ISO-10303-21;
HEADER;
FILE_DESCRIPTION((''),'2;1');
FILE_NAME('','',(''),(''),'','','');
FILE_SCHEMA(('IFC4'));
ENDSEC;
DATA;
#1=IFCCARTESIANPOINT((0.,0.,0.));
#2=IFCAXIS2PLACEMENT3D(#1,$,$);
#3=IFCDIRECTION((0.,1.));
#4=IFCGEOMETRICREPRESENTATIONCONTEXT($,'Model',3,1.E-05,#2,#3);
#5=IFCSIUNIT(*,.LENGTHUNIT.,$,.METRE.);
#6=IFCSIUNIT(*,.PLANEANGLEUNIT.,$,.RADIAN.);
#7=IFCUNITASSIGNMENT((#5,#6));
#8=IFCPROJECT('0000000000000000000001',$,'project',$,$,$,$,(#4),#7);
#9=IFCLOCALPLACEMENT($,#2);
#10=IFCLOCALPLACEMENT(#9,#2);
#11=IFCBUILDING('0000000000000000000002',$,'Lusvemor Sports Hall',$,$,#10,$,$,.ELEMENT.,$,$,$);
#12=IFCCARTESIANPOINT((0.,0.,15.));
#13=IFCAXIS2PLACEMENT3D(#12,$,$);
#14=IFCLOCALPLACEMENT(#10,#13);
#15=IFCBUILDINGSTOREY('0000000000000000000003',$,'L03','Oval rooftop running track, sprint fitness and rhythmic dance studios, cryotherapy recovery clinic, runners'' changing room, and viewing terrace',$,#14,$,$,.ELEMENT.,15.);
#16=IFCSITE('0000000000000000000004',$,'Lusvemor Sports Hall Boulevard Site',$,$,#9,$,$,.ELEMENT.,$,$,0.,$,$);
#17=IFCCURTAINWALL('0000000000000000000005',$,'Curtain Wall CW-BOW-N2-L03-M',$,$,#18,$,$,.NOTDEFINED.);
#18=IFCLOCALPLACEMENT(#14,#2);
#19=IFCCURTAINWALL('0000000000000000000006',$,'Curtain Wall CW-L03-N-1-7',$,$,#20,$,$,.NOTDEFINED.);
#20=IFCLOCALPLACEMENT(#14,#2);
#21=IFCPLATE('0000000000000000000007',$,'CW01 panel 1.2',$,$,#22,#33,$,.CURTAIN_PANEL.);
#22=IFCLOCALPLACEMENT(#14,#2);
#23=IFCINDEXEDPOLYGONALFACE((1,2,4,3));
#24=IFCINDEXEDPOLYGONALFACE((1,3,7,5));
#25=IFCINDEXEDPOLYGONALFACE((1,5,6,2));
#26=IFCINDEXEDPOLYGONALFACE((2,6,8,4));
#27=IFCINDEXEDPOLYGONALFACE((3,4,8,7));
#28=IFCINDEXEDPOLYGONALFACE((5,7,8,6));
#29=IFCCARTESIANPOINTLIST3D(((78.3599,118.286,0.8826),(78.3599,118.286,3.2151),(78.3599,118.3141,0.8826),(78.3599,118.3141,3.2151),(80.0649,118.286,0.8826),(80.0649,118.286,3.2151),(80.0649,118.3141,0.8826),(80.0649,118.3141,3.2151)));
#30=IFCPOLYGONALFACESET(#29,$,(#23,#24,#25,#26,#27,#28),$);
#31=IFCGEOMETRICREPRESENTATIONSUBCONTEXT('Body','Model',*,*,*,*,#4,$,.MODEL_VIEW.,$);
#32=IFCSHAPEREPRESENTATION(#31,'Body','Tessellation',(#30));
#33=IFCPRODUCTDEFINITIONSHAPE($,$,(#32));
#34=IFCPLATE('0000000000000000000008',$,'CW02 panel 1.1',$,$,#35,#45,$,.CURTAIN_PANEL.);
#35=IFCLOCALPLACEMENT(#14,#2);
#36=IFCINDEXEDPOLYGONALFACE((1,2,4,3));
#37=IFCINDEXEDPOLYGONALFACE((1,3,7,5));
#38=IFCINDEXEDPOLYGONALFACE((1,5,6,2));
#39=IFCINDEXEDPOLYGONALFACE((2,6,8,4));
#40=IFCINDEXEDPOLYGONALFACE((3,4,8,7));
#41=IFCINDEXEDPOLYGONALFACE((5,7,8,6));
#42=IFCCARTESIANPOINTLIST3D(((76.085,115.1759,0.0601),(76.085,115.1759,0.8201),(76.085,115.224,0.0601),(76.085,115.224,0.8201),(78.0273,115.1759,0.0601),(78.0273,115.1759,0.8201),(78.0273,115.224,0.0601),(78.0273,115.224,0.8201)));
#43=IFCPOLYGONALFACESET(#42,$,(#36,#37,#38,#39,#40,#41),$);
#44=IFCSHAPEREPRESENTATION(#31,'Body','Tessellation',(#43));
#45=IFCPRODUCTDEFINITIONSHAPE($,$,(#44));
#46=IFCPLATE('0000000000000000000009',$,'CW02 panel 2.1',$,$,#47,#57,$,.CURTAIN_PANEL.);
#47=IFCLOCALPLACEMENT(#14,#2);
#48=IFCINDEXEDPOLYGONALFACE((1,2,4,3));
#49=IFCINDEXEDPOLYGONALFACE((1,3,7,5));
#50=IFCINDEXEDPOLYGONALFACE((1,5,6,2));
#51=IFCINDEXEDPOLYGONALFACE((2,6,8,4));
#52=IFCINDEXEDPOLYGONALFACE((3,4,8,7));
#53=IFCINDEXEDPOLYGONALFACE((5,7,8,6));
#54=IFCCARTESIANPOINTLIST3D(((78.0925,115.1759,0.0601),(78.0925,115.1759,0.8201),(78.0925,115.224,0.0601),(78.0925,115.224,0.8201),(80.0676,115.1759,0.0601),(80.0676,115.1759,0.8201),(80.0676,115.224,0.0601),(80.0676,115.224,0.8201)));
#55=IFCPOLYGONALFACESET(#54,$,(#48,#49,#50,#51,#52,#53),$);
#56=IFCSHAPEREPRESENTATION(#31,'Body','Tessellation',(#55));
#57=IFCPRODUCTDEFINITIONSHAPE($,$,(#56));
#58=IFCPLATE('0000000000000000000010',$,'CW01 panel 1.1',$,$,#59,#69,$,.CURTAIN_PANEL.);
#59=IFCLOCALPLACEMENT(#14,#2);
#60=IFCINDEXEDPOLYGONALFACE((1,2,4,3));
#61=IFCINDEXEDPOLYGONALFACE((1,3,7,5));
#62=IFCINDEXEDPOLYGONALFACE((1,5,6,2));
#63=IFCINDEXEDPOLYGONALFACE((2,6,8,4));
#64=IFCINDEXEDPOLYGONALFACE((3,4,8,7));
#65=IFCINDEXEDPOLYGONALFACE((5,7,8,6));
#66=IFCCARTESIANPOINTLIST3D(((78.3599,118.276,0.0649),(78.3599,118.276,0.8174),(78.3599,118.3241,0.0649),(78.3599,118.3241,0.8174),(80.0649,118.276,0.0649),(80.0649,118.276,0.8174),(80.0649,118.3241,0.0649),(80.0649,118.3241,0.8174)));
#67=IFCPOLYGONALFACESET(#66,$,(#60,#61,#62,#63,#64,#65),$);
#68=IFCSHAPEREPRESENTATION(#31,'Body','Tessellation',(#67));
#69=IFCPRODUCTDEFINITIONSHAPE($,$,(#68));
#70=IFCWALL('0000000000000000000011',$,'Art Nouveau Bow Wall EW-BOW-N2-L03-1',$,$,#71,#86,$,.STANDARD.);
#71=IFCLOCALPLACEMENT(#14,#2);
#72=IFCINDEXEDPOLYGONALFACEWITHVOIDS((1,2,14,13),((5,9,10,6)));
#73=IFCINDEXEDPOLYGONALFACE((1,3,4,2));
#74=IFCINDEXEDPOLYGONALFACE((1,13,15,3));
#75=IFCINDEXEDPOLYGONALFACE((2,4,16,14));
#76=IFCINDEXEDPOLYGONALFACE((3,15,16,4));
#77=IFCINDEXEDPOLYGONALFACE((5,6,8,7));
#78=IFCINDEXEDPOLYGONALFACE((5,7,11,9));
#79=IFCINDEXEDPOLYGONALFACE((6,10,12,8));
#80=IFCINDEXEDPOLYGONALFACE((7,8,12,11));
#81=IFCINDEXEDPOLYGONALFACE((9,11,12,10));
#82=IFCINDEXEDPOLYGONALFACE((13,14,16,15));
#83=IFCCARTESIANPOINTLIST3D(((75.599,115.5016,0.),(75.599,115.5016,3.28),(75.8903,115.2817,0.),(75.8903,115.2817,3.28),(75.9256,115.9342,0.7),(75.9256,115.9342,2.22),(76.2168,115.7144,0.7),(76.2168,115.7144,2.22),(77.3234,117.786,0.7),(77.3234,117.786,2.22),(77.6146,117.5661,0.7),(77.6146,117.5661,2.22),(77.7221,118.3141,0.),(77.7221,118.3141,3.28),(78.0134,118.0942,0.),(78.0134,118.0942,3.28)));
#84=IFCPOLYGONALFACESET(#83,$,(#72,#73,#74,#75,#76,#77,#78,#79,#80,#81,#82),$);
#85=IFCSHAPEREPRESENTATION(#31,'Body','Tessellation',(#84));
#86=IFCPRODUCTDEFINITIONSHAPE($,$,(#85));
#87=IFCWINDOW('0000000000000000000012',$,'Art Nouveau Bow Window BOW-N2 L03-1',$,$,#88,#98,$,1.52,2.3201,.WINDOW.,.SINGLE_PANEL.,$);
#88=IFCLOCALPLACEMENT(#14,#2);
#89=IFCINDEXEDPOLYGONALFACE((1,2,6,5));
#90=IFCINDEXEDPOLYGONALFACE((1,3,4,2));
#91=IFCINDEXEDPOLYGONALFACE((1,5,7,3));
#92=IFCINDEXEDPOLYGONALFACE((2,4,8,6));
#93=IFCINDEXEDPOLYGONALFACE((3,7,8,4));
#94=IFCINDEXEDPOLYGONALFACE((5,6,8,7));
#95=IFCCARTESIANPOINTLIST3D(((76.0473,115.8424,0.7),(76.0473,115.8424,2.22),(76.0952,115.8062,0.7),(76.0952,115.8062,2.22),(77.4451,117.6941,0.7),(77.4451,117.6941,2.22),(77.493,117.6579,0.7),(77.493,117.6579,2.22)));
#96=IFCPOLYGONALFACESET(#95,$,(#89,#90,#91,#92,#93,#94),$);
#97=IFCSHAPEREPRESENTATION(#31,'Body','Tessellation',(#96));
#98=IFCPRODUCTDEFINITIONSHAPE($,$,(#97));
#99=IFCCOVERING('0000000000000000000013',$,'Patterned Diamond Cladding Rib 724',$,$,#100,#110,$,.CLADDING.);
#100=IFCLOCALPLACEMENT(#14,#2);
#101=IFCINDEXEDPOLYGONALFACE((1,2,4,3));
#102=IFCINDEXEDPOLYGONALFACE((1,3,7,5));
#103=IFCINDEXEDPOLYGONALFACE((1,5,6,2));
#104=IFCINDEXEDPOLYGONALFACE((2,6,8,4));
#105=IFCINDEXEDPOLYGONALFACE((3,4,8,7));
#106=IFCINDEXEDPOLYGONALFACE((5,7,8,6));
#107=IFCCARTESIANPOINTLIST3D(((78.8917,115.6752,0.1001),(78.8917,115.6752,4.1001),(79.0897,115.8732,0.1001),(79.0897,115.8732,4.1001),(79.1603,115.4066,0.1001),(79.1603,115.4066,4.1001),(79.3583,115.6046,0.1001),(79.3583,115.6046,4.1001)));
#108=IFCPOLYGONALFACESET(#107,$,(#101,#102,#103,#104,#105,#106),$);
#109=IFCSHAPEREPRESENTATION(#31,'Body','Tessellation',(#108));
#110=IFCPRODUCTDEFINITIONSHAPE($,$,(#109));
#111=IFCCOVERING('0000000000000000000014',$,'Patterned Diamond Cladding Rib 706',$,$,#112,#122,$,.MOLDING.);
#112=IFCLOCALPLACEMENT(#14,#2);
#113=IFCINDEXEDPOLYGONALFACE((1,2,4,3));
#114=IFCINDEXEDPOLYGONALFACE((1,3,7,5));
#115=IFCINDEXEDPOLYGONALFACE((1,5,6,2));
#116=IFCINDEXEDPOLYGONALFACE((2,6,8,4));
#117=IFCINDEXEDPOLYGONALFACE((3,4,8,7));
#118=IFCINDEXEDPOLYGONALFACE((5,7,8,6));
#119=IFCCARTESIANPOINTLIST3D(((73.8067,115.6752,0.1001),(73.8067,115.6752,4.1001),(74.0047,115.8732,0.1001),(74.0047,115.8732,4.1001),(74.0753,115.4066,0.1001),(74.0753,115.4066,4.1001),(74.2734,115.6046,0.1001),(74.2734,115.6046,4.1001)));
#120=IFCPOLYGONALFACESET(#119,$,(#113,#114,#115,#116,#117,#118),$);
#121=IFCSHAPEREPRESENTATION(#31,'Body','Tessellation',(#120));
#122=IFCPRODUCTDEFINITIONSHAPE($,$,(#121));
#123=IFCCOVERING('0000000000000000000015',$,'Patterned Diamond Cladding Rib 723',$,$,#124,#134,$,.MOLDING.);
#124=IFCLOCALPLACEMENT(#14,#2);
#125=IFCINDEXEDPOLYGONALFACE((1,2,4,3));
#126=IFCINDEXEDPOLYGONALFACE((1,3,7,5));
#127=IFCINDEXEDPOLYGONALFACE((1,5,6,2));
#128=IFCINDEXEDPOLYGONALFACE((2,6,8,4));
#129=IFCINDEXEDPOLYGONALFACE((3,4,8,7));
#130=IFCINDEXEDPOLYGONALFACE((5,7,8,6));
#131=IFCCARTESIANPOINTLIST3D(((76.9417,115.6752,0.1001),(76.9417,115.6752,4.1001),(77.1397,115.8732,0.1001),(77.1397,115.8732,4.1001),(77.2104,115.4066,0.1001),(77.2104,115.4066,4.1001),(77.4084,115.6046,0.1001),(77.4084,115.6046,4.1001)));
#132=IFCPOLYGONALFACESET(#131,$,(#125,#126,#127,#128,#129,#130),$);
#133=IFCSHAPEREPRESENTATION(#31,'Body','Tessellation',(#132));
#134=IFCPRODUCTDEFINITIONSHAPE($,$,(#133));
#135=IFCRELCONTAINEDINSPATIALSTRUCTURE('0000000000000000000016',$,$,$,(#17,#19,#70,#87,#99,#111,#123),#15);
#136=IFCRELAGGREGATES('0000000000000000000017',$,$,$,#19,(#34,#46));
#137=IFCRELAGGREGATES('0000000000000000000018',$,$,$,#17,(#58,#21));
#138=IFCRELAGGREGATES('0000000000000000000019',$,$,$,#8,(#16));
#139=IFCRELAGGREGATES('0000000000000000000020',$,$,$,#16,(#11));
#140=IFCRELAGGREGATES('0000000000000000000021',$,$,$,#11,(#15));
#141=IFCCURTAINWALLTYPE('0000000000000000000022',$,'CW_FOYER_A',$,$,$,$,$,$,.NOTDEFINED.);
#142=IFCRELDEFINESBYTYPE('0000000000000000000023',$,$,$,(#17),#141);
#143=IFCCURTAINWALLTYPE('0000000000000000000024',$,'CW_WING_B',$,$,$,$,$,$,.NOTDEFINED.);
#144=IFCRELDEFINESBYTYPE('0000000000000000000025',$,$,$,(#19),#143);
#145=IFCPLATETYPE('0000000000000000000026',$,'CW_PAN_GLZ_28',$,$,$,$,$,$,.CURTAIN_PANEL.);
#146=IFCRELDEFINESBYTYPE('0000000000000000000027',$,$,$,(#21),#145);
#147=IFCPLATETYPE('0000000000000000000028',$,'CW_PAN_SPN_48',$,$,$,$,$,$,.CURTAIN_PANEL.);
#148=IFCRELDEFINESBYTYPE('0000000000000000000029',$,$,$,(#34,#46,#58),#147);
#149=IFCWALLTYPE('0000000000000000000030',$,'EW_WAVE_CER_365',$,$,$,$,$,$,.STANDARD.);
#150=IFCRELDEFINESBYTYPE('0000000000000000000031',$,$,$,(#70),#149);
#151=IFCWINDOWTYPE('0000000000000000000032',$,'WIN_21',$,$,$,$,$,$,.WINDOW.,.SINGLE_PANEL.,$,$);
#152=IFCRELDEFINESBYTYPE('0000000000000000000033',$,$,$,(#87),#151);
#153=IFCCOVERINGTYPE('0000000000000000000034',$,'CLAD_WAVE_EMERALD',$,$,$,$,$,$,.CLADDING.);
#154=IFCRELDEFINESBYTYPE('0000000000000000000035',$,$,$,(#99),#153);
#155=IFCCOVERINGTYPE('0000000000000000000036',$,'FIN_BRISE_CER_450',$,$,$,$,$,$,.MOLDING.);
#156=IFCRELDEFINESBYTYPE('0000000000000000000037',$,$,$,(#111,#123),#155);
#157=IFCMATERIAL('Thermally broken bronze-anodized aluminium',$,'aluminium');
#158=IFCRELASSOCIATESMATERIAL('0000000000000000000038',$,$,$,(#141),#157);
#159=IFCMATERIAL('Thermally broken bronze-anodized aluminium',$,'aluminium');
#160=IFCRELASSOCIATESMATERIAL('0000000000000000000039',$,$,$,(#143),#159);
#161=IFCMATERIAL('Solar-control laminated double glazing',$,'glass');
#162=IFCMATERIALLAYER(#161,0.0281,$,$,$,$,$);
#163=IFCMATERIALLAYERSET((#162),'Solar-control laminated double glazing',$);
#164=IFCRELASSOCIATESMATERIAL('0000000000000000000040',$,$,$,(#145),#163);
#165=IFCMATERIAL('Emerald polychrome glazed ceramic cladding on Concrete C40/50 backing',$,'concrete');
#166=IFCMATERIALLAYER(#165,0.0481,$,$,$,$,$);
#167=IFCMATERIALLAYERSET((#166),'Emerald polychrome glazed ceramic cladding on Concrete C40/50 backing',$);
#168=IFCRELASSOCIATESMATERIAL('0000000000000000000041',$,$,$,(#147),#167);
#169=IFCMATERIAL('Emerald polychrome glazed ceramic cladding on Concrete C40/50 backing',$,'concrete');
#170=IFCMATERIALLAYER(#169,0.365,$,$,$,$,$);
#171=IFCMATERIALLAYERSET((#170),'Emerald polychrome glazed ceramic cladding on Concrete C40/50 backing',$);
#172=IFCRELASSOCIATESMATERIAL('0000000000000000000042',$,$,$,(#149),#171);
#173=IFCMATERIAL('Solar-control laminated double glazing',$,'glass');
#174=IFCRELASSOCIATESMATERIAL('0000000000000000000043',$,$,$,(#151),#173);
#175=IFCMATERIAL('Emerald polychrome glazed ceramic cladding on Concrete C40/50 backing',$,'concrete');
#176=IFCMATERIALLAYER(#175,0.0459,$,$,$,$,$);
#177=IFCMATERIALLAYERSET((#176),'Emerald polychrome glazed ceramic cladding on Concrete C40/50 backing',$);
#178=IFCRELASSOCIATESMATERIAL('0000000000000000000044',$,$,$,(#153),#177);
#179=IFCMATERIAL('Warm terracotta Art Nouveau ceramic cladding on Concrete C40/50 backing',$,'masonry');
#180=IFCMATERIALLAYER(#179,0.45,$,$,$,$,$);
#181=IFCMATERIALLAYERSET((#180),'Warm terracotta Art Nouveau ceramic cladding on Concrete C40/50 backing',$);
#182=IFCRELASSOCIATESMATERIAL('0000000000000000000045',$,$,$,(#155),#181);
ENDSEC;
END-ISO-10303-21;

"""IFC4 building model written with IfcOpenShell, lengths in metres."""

from ifc_helpers import new_model, si_unit, direction, frame, frame_2d, origin, origin_2d, place, context, subcontext, project, spatial, rectangle, extrude, material, layer, layer_set, type_object, element, fill, aggregate, save


model = new_model("IFC4")

# Units and contexts
model_context = context("Model", 3, precision=1e-05, world=origin(), true_north=direction((0.0, 1.0)))
body_context = subcontext(model_context, "Body", "Model", "MODEL_VIEW")
ifc_project = project(units=[si_unit("LENGTHUNIT", "METRE"), si_unit("PLANEANGLEUNIT", "RADIAN")], contexts=[model_context])

# Site, building, storey
site_placement = place(None, origin())
site = spatial("IfcSite", under=ifc_project, at=site_placement, Name="Lusvemor Sports Hall Boulevard Site", CompositionType="ELEMENT", RefElevation=0.0)
building_placement = place(site_placement, origin())
building = spatial("IfcBuilding", under=site, at=building_placement, Name="Lusvemor Sports Hall", CompositionType="ELEMENT")
storey_placement = place(building_placement, frame((0.0, 0.0, 15.0)))
storey = spatial("IfcBuildingStorey", under=building, at=storey_placement, Name="L03", Description="Oval rooftop running track, sprint fitness and rhythmic dance studios, cryotherapy recovery clinic, runners' changing room, and viewing terrace", CompositionType="ELEMENT", Elevation=15.0)

# Curtain wall
ifc_material_1 = material(Name="Thermally broken bronze-anodized aluminium", Category="aluminium")
curtain_wall_type_1 = type_object("IfcCurtainWallType", Name="CW_FOYER_A", PredefinedType="NOTDEFINED", material=ifc_material_1)
curtain_wall_1_placement = place(storey_placement, origin())
curtain_wall_1 = element("IfcCurtainWall", 1, at=curtain_wall_1_placement, inside=storey, type_object=curtain_wall_type_1, Name="Curtain Wall CW-BOW-N2-L03-M", PredefinedType="NOTDEFINED")

# Curtain wall
ifc_material_2 = material(Name="Thermally broken bronze-anodized aluminium", Category="aluminium")
curtain_wall_type_2 = type_object("IfcCurtainWallType", Name="CW_WING_B", PredefinedType="NOTDEFINED", material=ifc_material_2)
curtain_wall_2_placement = place(storey_placement, origin())
curtain_wall_2 = element("IfcCurtainWall", 2, at=curtain_wall_2_placement, inside=storey, type_object=curtain_wall_type_2, Name="Curtain Wall CW-L03-N-1-7", PredefinedType="NOTDEFINED")

# Plates
ifc_material_3 = material(Name="Solar-control laminated double glazing", Category="glass")
ifc_layer_1 = layer(ifc_material_3, 0.0281)
ifc_layer_set_1 = layer_set([ifc_layer_1], Name="Solar-control laminated double glazing")
plate_type_1 = type_object("IfcPlateType", Name="CW_PAN_GLZ_28", PredefinedType="CURTAIN_PANEL", material=ifc_layer_set_1)
plate_1_placement = place(storey_placement, frame((79.2124, 118.3, 0.8826), z_axis=(0.0, 0.0, 1.0), x_axis=(1.0, 0.0, 0.0)))
plate_1 = element("IfcPlate", 3, at=plate_1_placement, type_object=plate_type_1, Name="CW01 panel 1.2", PredefinedType="CURTAIN_PANEL", context=body_context, shape_type="SweptSolid", body=[
    extrude(rectangle(XDim=1.7051, YDim=0.0281, at=origin_2d()), origin(), (0.0, 0.0, 1.0), 2.3325),
])
ifc_material_4 = material(Name="Emerald polychrome glazed ceramic cladding on Concrete C40/50 backing", Category="concrete")
ifc_layer_2 = layer(ifc_material_4, 0.0481)
ifc_layer_set_2 = layer_set([ifc_layer_2], Name="Emerald polychrome glazed ceramic cladding on Concrete C40/50 backing")
plate_type_2 = type_object("IfcPlateType", Name="CW_PAN_SPN_48", PredefinedType="CURTAIN_PANEL", material=ifc_layer_set_2)
plate_2_placement = place(storey_placement, frame((77.0562, 115.2, 0.0601), z_axis=(0.0, 0.0, 1.0), x_axis=(1.0, 0.0, 0.0)))
plate_2 = element("IfcPlate", 4, at=plate_2_placement, type_object=plate_type_2, Name="CW02 panel 1.1", PredefinedType="CURTAIN_PANEL", context=body_context, shape_type="SweptSolid", body=[
    extrude(rectangle(XDim=1.9424, YDim=0.0481, at=origin_2d()), origin(), (0.0, 0.0, 1.0), 0.76),
])
plate_3_placement = place(storey_placement, frame((79.0801, 115.2, 0.0601), z_axis=(0.0, 0.0, 1.0), x_axis=(1.0, 0.0, 0.0)))
plate_3 = element("IfcPlate", 5, at=plate_3_placement, type_object=plate_type_2, Name="CW02 panel 2.1", PredefinedType="CURTAIN_PANEL", context=body_context, shape_type="SweptSolid", body=[
    extrude(rectangle(XDim=1.9751, YDim=0.0481, at=origin_2d()), origin(), (0.0, 0.0, 1.0), 0.76),
])
aggregate(curtain_wall_2, [plate_2, plate_3])
plate_4_placement = place(storey_placement, frame((79.2124, 118.3, 0.0649), z_axis=(0.0, 0.0, 1.0), x_axis=(1.0, 0.0, 0.0)))
plate_4 = element("IfcPlate", 6, at=plate_4_placement, type_object=plate_type_2, Name="CW01 panel 1.1", PredefinedType="CURTAIN_PANEL", context=body_context, shape_type="SweptSolid", body=[
    extrude(rectangle(XDim=1.7051, YDim=0.0481, at=origin_2d()), origin(), (0.0, 0.0, 1.0), 0.7524),
])
aggregate(curtain_wall_1, [plate_4, plate_1])

# Wall, opening, window
ifc_material_5 = material(Name="Emerald polychrome glazed ceramic cladding on Concrete C40/50 backing", Category="concrete")
ifc_layer_3 = layer(ifc_material_5, 0.365)
ifc_layer_set_3 = layer_set([ifc_layer_3], Name="Emerald polychrome glazed ceramic cladding on Concrete C40/50 backing")
wall_type = type_object("IfcWallType", Name="EW_WAVE_CER_365", PredefinedType="STANDARD", material=ifc_layer_set_3)
wall_placement = place(storey_placement, frame((75.7446, 115.3916, 0.0), z_axis=(0.0, 0.0, 1.0), x_axis=(0.60248, 0.798134, 0.0)))
wall = element("IfcWall", 7, at=wall_placement, inside=storey, type_object=wall_type, Name="Art Nouveau Bow Wall EW-BOW-N2-L03-1", PredefinedType="STANDARD", context=body_context, shape_type="SweptSolid", body=[
    extrude(rectangle(XDim=3.5239, YDim=0.365, at=frame_2d((1.762, 0.0))), origin(), (0.0, 0.0, 1.0), 3.28),
])
opening_placement = place(wall_placement, frame((0.542, 0.0, 0.7)))
opening = element("IfcOpeningElement", 8, at=opening_placement, cuts=wall, PredefinedType="OPENING", context=body_context, shape_type="SweptSolid", body=[
    extrude(rectangle(XDim=2.3201, YDim=1.52, at=frame_2d((1.1602, 0.76))), frame((0.0, 0.1826, 0.0), z_axis=(0.0, -1.0, 0.0), x_axis=(1.0, 0.0, 0.0)), (0.0, 0.0, 1.0), 0.365),
])
ifc_material_6 = material(Name="Solar-control laminated double glazing", Category="glass")
window_type = type_object("IfcWindowType", Name="WIN_21", PartitioningType="SINGLE_PANEL", PredefinedType="WINDOW", material=ifc_material_6)
window_placement = place(opening_placement, origin())
window = element("IfcWindow", 9, at=window_placement, inside=storey, type_object=window_type, Name="Art Nouveau Bow Window BOW-N2 L03-1", OverallHeight=1.52, OverallWidth=2.3201, PartitioningType="SINGLE_PANEL", PredefinedType="WINDOW", context=body_context, shape_type="SweptSolid", body=[
    extrude(rectangle(XDim=2.3201, YDim=1.52, at=frame_2d((1.1602, 0.76))), frame((0.0, 0.03, 0.0), z_axis=(0.0, -1.0, 0.0), x_axis=(1.0, 0.0, 0.0)), (0.0, 0.0, 1.0), 0.0601),
])
fill(opening, window)

# Coverings
ifc_material_7 = material(Name="Emerald polychrome glazed ceramic cladding on Concrete C40/50 backing", Category="concrete")
ifc_layer_4 = layer(ifc_material_7, 0.0459)
ifc_layer_set_4 = layer_set([ifc_layer_4], Name="Emerald polychrome glazed ceramic cladding on Concrete C40/50 backing")
covering_type_1 = type_object("IfcCoveringType", Name="CLAD_WAVE_EMERALD", PredefinedType="CLADDING", material=ifc_layer_set_4)
covering_placement = place(storey_placement, frame((79.125, 115.6399, 0.1001), z_axis=(0.0, 0.0, 1.0), x_axis=(0.707107, 0.707107, 0.0)))
element("IfcCovering", 10, at=covering_placement, inside=storey, type_object=covering_type_1, Name="Patterned Diamond Cladding Rib 724", PredefinedType="CLADDING", context=body_context, shape_type="SweptSolid", body=[
    extrude(rectangle(XDim=0.28, YDim=0.3799, at=origin_2d()), origin(), (0.0, 0.0, 1.0), 4.0),
])
ifc_material_8 = material(Name="Warm terracotta Art Nouveau ceramic cladding on Concrete C40/50 backing", Category="masonry")
ifc_layer_5 = layer(ifc_material_8, 0.45)
ifc_layer_set_5 = layer_set([ifc_layer_5], Name="Warm terracotta Art Nouveau ceramic cladding on Concrete C40/50 backing")
covering_type_2 = type_object("IfcCoveringType", Name="FIN_BRISE_CER_450", PredefinedType="MOLDING", material=ifc_layer_set_5)
for number, where, z_axis, x_axis, name in (
    (11, (74.04, 115.6399, 0.1001), (0.0, 0.0, 1.0), (0.707107, 0.707107, 0.0), "Patterned Diamond Cladding Rib 706"),
    (12, (77.175, 115.6399, 0.1001), (0.0, 0.0, 1.0), (0.707107, 0.707107, 0.0), "Patterned Diamond Cladding Rib 723"),
):
    element("IfcCovering", number, at=place(storey_placement, frame(where, z_axis=z_axis, x_axis=x_axis)), inside=storey, type_object=covering_type_2, Name=name, PredefinedType="MOLDING", context=body_context, shape_type="SweptSolid", body=[
        extrude(rectangle(XDim=0.28, YDim=0.3799, at=origin_2d()), origin(), (0.0, 0.0, 1.0), 4.0),
    ])

save(model, "model.ifc")
